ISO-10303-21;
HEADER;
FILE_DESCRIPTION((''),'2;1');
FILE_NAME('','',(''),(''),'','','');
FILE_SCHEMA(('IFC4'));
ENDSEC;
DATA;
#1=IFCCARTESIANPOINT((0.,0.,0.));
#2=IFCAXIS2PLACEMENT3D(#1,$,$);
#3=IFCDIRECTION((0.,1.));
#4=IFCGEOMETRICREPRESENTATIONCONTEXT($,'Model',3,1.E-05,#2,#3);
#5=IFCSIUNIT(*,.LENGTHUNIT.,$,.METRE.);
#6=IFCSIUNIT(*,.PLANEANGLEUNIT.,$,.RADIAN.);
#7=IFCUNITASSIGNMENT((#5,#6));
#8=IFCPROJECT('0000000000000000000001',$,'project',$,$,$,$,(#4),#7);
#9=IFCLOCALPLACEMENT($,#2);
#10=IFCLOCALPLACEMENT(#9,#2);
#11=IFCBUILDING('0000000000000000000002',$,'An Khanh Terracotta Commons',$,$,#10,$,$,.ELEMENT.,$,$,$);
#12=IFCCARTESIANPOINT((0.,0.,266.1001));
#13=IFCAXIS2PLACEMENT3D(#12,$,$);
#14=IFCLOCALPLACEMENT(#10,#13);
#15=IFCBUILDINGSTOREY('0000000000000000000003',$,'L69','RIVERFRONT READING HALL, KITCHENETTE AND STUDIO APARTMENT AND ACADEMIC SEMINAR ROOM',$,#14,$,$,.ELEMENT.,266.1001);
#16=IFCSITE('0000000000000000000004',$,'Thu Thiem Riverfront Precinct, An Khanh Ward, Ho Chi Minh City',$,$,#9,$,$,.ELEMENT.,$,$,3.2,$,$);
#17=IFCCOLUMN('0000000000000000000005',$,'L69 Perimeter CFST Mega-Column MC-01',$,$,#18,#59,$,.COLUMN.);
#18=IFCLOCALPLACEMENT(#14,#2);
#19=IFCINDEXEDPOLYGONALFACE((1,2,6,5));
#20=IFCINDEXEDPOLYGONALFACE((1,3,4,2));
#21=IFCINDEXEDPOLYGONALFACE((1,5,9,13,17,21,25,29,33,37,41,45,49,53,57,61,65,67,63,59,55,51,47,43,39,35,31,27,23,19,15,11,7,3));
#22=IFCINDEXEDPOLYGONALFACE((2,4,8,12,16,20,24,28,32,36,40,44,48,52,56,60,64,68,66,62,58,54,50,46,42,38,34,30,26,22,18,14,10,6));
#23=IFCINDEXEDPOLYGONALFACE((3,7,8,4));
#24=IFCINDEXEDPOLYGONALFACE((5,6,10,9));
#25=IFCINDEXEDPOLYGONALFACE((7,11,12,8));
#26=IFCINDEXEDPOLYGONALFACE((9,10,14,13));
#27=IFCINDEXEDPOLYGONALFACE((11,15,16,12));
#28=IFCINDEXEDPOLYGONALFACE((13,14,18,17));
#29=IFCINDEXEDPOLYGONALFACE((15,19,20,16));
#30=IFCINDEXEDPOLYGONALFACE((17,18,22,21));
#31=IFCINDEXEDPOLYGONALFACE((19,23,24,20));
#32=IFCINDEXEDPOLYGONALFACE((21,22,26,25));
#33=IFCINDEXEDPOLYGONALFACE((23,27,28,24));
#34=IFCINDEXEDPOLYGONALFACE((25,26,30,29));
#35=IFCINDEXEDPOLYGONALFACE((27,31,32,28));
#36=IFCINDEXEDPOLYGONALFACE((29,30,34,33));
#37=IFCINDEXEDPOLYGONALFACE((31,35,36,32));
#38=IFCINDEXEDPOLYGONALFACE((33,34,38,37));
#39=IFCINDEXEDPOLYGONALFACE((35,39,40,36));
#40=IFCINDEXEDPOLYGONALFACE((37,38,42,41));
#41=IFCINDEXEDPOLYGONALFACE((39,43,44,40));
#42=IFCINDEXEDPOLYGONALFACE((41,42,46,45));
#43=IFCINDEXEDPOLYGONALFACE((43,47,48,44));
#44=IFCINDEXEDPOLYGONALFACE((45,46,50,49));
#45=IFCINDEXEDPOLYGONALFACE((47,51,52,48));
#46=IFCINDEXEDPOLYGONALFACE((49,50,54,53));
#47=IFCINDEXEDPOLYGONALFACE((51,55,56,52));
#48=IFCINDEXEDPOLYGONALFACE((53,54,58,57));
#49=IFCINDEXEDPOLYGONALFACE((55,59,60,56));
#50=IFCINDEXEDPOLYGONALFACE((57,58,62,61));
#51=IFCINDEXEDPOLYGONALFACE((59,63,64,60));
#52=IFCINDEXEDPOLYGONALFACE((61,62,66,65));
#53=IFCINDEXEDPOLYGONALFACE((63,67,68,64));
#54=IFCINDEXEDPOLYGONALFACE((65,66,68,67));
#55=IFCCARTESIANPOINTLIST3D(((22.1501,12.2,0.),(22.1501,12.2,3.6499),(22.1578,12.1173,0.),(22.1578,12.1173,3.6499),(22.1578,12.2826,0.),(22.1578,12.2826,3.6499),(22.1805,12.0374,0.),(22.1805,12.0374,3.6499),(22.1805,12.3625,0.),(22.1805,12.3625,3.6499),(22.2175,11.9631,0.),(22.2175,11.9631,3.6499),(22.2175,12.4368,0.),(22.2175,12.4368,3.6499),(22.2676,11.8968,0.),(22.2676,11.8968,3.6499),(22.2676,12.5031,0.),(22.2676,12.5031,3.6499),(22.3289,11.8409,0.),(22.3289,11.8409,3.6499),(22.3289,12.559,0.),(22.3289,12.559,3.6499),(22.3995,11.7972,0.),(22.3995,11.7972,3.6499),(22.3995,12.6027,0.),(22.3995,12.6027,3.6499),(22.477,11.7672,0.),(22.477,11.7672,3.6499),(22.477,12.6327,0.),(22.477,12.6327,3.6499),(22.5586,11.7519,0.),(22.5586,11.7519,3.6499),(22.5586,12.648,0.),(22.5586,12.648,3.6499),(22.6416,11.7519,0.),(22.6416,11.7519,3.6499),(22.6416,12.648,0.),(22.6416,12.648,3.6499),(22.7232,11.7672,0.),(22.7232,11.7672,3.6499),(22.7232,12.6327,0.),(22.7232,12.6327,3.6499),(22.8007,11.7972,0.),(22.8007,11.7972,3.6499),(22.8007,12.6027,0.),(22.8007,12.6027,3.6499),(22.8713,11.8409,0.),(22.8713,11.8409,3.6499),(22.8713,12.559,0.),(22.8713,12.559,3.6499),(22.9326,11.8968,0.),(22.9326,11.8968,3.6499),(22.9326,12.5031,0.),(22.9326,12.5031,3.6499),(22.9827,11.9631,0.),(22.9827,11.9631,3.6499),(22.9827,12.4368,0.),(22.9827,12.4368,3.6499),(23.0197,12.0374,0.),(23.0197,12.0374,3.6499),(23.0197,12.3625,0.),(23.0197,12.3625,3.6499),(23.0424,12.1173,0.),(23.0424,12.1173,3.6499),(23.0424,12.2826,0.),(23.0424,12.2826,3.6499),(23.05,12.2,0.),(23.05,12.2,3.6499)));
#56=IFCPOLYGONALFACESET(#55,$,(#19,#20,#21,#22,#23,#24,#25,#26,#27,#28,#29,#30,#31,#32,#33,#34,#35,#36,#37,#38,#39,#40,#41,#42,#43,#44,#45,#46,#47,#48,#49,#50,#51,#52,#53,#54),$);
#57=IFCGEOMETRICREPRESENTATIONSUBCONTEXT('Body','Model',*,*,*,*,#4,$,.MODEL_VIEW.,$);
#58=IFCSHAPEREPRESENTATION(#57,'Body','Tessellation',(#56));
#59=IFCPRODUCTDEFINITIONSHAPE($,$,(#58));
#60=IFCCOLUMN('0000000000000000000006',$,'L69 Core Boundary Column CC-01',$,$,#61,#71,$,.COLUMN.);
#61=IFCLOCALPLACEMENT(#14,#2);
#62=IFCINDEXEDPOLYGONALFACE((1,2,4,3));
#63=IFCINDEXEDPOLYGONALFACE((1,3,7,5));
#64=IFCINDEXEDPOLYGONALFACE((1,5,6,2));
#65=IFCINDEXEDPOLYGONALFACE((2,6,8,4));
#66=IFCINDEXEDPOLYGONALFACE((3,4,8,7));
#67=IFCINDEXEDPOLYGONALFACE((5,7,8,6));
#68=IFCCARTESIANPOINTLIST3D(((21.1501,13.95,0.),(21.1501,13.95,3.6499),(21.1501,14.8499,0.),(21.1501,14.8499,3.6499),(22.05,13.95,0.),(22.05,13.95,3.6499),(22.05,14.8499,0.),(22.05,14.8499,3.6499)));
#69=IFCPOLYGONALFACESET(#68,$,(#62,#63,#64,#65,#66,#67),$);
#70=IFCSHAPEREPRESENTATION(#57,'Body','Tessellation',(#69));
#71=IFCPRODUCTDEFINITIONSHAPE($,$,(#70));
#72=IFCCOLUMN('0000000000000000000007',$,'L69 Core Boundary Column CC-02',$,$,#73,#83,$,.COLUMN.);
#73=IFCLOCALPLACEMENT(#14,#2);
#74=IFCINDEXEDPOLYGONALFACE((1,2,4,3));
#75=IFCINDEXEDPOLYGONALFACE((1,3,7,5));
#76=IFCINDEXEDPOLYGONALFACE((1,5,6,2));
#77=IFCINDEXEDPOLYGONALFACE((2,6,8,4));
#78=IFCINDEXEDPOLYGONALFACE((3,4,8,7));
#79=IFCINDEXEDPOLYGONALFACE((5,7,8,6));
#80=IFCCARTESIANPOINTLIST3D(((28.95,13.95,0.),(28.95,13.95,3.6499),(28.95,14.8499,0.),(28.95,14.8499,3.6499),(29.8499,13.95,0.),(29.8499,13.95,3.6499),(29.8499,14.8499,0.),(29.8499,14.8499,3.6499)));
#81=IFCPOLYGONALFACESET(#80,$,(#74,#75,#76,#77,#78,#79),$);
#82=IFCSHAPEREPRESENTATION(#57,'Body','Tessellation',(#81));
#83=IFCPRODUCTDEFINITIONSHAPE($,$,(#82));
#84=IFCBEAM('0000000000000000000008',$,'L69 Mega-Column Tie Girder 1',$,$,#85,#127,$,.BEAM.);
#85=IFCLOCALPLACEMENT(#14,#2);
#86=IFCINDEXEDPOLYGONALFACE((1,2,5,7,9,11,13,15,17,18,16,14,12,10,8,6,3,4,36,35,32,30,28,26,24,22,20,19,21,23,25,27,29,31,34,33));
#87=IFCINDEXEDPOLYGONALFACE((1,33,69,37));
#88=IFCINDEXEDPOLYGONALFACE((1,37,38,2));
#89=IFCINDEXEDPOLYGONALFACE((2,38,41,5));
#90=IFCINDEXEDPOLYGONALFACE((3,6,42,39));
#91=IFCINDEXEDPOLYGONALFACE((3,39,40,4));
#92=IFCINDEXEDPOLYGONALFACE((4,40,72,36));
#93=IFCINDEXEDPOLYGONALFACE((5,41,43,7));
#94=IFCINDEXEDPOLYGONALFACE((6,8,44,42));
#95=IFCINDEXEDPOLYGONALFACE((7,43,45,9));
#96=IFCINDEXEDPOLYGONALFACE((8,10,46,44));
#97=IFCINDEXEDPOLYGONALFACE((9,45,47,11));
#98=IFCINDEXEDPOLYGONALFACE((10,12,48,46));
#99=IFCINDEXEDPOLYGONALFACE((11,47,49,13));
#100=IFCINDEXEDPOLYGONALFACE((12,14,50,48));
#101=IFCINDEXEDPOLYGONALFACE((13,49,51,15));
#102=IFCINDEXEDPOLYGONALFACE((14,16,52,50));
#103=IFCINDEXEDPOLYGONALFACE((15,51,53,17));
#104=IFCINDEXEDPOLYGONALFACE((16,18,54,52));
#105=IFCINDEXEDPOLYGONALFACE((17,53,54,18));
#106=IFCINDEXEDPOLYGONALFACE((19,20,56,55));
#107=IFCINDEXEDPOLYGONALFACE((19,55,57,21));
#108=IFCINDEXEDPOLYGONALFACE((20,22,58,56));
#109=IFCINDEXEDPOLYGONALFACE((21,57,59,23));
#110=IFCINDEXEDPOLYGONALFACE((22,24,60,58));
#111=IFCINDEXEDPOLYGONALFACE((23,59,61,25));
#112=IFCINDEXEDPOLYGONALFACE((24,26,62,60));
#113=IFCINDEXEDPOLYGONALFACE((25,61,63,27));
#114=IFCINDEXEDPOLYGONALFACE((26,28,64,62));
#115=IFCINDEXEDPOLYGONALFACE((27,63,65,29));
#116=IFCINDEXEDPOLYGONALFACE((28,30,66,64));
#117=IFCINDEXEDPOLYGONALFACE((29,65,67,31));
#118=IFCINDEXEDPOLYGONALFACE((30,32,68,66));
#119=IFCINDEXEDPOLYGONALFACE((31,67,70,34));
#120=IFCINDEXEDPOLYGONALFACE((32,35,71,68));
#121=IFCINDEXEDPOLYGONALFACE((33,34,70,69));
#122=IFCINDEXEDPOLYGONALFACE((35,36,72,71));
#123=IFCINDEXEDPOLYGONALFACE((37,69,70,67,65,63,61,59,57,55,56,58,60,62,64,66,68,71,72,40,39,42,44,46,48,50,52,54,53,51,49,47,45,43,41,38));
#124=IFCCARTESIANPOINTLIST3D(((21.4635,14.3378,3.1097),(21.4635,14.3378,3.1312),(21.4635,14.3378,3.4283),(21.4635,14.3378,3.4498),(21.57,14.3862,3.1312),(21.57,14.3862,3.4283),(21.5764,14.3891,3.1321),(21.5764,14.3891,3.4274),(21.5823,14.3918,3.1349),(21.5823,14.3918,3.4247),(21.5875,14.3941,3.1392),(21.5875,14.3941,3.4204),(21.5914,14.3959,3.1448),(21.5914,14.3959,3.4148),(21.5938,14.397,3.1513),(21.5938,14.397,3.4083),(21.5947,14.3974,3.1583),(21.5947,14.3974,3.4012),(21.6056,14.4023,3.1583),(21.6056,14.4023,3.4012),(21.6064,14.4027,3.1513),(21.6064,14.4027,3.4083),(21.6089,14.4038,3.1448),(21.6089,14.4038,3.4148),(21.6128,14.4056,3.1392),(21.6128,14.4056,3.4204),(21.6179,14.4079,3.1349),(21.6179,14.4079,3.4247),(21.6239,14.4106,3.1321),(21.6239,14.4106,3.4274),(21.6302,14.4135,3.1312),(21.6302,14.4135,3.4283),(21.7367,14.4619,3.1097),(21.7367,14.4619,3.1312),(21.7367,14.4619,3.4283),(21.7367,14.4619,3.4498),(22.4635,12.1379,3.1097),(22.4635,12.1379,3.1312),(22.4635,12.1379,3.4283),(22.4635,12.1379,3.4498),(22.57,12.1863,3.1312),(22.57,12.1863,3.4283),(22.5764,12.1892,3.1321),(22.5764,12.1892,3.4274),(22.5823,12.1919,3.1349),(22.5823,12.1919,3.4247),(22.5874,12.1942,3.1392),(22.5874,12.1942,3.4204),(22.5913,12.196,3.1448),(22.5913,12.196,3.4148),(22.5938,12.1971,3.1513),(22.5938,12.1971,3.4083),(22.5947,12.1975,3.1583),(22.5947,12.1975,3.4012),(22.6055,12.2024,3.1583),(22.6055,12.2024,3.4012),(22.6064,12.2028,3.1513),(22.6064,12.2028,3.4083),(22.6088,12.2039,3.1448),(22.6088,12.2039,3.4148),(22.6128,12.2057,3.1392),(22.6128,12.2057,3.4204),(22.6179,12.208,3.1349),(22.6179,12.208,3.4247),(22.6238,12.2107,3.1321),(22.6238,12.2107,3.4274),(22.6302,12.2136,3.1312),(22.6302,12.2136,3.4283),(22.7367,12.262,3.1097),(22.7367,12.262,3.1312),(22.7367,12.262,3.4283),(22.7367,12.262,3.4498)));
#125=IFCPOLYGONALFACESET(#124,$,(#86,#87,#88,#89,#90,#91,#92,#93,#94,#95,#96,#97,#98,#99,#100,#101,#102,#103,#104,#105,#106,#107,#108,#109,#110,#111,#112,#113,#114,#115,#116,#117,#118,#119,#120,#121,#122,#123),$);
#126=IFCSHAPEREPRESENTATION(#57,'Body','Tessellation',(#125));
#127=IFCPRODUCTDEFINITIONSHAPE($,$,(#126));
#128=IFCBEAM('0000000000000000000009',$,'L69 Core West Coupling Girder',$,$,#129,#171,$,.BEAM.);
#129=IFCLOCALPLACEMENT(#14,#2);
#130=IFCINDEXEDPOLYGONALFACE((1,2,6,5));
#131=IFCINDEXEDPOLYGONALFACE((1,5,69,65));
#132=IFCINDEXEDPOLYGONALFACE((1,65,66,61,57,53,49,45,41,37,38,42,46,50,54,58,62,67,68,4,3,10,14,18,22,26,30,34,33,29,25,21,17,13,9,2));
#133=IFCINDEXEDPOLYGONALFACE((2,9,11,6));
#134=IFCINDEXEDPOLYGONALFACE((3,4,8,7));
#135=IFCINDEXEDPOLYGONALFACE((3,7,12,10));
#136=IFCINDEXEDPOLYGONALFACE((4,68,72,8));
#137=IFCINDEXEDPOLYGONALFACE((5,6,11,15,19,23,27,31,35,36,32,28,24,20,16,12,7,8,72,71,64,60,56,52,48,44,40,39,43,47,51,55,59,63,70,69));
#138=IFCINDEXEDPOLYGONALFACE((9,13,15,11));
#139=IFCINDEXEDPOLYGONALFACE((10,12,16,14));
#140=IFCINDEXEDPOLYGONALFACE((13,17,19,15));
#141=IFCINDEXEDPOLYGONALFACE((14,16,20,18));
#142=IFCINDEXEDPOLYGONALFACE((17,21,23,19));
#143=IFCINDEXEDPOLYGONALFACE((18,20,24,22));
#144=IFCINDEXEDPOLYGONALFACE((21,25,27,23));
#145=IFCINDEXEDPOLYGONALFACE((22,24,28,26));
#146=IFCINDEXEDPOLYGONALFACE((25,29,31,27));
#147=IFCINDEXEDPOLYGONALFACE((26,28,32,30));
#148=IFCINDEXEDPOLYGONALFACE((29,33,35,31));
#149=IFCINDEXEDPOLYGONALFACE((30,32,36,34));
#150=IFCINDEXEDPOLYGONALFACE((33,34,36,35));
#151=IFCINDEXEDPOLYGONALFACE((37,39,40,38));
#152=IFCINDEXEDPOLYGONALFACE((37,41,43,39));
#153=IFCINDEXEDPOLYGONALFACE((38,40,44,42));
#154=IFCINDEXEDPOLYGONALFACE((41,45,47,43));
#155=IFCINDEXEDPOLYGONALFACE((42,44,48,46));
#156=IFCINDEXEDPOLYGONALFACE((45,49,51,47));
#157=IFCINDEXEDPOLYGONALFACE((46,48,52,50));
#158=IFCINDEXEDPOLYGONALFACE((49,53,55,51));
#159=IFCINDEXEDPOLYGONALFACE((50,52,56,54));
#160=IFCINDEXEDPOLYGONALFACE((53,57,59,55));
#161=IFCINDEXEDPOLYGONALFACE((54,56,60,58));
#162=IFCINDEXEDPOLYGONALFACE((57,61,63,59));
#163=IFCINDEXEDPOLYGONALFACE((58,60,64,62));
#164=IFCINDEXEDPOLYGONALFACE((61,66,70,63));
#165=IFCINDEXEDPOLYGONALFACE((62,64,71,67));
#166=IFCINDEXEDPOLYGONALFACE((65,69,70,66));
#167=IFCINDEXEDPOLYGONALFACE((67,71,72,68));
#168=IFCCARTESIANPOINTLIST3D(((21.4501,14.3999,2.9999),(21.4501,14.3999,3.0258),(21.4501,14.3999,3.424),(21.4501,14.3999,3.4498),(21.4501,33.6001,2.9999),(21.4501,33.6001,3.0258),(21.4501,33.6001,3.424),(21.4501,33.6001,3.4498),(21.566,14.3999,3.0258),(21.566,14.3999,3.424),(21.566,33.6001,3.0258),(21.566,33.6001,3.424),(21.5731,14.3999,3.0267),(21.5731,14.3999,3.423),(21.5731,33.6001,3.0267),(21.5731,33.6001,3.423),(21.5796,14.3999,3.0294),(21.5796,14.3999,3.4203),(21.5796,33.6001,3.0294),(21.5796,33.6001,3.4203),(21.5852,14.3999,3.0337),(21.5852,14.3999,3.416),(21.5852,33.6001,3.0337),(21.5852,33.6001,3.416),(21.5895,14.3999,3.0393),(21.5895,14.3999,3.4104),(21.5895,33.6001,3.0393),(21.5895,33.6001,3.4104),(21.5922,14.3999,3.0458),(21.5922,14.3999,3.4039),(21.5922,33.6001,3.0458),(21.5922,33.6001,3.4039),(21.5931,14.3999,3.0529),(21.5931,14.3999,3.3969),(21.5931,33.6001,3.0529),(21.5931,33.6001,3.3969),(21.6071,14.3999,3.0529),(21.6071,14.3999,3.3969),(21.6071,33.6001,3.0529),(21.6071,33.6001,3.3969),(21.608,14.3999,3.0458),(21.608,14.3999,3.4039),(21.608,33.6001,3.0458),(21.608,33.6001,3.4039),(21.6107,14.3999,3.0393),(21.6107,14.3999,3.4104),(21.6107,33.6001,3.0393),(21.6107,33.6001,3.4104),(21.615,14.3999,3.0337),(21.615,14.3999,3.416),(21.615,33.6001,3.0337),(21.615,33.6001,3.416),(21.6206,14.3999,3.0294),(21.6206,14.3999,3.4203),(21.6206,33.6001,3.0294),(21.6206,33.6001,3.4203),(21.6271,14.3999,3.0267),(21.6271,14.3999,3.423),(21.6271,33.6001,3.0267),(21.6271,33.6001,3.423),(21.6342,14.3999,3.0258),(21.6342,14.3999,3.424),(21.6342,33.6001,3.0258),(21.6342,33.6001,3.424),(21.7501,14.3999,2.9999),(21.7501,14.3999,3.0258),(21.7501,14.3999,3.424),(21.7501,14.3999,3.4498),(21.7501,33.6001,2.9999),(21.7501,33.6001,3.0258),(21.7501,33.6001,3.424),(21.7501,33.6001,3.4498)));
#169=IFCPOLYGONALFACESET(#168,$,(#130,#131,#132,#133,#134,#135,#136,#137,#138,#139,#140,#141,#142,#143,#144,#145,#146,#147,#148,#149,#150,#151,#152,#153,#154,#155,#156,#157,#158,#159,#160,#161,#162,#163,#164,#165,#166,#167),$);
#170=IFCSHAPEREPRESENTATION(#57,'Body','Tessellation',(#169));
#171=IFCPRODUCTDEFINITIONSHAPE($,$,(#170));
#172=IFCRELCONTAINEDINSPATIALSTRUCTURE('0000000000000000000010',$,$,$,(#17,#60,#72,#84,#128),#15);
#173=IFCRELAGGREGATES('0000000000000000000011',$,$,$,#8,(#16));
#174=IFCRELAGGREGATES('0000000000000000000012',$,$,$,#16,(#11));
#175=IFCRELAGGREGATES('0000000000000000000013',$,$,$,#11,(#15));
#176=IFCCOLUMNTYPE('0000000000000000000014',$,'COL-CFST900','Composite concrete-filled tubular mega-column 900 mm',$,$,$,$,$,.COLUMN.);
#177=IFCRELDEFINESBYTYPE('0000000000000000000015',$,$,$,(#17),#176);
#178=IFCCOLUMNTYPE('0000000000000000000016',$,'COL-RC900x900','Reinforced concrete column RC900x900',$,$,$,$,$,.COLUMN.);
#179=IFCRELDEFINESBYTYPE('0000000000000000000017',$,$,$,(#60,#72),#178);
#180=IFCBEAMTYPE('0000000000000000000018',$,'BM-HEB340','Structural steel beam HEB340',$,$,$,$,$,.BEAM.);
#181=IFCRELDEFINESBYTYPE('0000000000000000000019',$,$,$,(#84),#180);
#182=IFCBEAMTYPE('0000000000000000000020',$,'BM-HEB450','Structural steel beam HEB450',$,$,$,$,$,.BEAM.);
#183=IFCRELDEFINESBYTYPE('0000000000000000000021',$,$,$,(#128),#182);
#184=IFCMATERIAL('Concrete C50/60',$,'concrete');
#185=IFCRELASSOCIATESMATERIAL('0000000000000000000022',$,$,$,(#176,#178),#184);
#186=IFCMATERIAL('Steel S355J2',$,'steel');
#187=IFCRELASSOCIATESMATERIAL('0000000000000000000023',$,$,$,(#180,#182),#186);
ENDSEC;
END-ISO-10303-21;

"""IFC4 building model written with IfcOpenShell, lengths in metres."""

from ifc_helpers import new_model, si_unit, direction, frame, origin, origin_2d, place, context, subcontext, project, spatial, rectangle, circle, i_section, extrude, material, material_profile, profile_set, type_object, element, save


model = new_model("IFC4")

# Units and contexts
model_context = context("Model", 3, precision=1e-05, world=origin(), true_north=direction((0.0, 1.0)))
body_context = subcontext(model_context, "Body", "Model", "MODEL_VIEW")
ifc_project = project(units=[si_unit("LENGTHUNIT", "METRE"), si_unit("PLANEANGLEUNIT", "RADIAN")], contexts=[model_context])

# Site, building, storey
site_placement = place(None, origin())
site = spatial("IfcSite", under=ifc_project, at=site_placement, Name="Thu Thiem Riverfront Precinct, An Khanh Ward, Ho Chi Minh City", CompositionType="ELEMENT", RefElevation=3.2)
building_placement = place(site_placement, origin())
building = spatial("IfcBuilding", under=site, at=building_placement, Name="An Khanh Terracotta Commons", CompositionType="ELEMENT")
storey_placement = place(building_placement, frame((0.0, 0.0, 266.1001)))
storey = spatial("IfcBuildingStorey", under=building, at=storey_placement, Name="L69", Description="RIVERFRONT READING HALL, KITCHENETTE AND STUDIO APARTMENT AND ACADEMIC SEMINAR ROOM", CompositionType="ELEMENT", Elevation=266.1001)

# Columns
ifc_material_1 = material(Name="Concrete C50/60", Category="concrete")
ifc_material_profile_1 = material_profile(ifc_material_1, circle(Radius=0.45, at=origin_2d()), Name="CFST900")
ifc_profile_set_1 = profile_set([ifc_material_profile_1], Name="Concrete C50/60")
column_type_1 = type_object("IfcColumnType", Name="COL-CFST900", Description="Composite concrete-filled tubular mega-column 900 mm", PredefinedType="COLUMN", material=ifc_profile_set_1)
column_placement = place(storey_placement, frame((22.6001, 12.2, 0.0), z_axis=(0.0, 0.0, 1.0), x_axis=(1.0, 0.0, 0.0)))
element("IfcColumn", 1, at=column_placement, inside=storey, type_object=column_type_1, Name="L69 Perimeter CFST Mega-Column MC-01", PredefinedType="COLUMN", context=body_context, shape_type="SweptSolid", body=[
    extrude(circle(Radius=0.45, at=origin_2d()), origin(), (0.0, 0.0, 1.0), 3.6499),
])
ifc_material_profile_2 = material_profile(ifc_material_1, rectangle(XDim=0.8999, YDim=0.8999, at=origin_2d()), Name="RC900x900")
ifc_profile_set_2 = profile_set([ifc_material_profile_2], Name="Concrete C50/60")
column_type_2 = type_object("IfcColumnType", Name="COL-RC900x900", Description="Reinforced concrete column RC900x900", PredefinedType="COLUMN", material=ifc_profile_set_2)
for number, where, z_axis, x_axis, name in (
    (2, (21.6001, 14.3999, 0.0), (0.0, 0.0, 1.0), (1.0, 0.0, 0.0), "L69 Core Boundary Column CC-01"),
    (3, (29.3999, 14.3999, 0.0), (0.0, 0.0, 1.0), (1.0, 0.0, 0.0), "L69 Core Boundary Column CC-02"),
):
    element("IfcColumn", number, at=place(storey_placement, frame(where, z_axis=z_axis, x_axis=x_axis)), inside=storey, type_object=column_type_2, Name=name, PredefinedType="COLUMN", context=body_context, shape_type="SweptSolid", body=[
        extrude(rectangle(XDim=0.8999, YDim=0.8999, at=origin_2d()), origin(), (0.0, 0.0, 1.0), 3.6499),
    ])

# Beams
ifc_material_2 = material(Name="Steel S355J2", Category="steel")
ifc_material_profile_3 = material_profile(ifc_material_2, i_section(OverallWidth=0.3, OverallDepth=0.3401, WebThickness=0.012, FlangeThickness=0.0215, FilletRadius=0.0271, at=origin_2d()), Name="HEB340")
ifc_profile_set_3 = profile_set([ifc_material_profile_3], Name="Steel S355J2")
beam_type_1 = type_object("IfcBeamType", Name="BM-HEB340", Description="Structural steel beam HEB340", PredefinedType="BEAM", material=ifc_profile_set_3)
beam_1_placement = place(storey_placement, frame((22.6001, 12.2, 3.2798), z_axis=(-0.413811, 0.910363, 0.0), x_axis=(-0.910363, -0.413811, 0.0)))
element("IfcBeam", 4, at=beam_1_placement, inside=storey, type_object=beam_type_1, Name="L69 Mega-Column Tie Girder 1", PredefinedType="BEAM", context=body_context, shape_type="SweptSolid", body=[
    extrude(i_section(OverallWidth=0.3, OverallDepth=0.3401, WebThickness=0.012, FlangeThickness=0.0215, FilletRadius=0.0271, at=origin_2d()), origin(), (0.0, 0.0, 1.0), 2.4165),
])
ifc_material_profile_4 = material_profile(ifc_material_2, i_section(OverallWidth=0.3, OverallDepth=0.45, WebThickness=0.0139, FlangeThickness=0.0259, FilletRadius=0.0271, at=origin_2d()), Name="HEB450")
ifc_profile_set_4 = profile_set([ifc_material_profile_4], Name="Steel S355J2")
beam_type_2 = type_object("IfcBeamType", Name="BM-HEB450", Description="Structural steel beam HEB450", PredefinedType="BEAM", material=ifc_profile_set_4)
beam_2_placement = place(storey_placement, frame((21.6001, 14.3999, 3.2249), z_axis=(0.0, 1.0, 0.0), x_axis=(-1.0, 0.0, 0.0)))
element("IfcBeam", 5, at=beam_2_placement, inside=storey, type_object=beam_type_2, Name="L69 Core West Coupling Girder", PredefinedType="BEAM", context=body_context, shape_type="SweptSolid", body=[
    extrude(i_section(OverallWidth=0.3, OverallDepth=0.45, WebThickness=0.0139, FlangeThickness=0.0259, FilletRadius=0.0271, at=origin_2d()), origin(), (0.0, 0.0, 1.0), 19.2002),
])

save(model, "model.ifc")
